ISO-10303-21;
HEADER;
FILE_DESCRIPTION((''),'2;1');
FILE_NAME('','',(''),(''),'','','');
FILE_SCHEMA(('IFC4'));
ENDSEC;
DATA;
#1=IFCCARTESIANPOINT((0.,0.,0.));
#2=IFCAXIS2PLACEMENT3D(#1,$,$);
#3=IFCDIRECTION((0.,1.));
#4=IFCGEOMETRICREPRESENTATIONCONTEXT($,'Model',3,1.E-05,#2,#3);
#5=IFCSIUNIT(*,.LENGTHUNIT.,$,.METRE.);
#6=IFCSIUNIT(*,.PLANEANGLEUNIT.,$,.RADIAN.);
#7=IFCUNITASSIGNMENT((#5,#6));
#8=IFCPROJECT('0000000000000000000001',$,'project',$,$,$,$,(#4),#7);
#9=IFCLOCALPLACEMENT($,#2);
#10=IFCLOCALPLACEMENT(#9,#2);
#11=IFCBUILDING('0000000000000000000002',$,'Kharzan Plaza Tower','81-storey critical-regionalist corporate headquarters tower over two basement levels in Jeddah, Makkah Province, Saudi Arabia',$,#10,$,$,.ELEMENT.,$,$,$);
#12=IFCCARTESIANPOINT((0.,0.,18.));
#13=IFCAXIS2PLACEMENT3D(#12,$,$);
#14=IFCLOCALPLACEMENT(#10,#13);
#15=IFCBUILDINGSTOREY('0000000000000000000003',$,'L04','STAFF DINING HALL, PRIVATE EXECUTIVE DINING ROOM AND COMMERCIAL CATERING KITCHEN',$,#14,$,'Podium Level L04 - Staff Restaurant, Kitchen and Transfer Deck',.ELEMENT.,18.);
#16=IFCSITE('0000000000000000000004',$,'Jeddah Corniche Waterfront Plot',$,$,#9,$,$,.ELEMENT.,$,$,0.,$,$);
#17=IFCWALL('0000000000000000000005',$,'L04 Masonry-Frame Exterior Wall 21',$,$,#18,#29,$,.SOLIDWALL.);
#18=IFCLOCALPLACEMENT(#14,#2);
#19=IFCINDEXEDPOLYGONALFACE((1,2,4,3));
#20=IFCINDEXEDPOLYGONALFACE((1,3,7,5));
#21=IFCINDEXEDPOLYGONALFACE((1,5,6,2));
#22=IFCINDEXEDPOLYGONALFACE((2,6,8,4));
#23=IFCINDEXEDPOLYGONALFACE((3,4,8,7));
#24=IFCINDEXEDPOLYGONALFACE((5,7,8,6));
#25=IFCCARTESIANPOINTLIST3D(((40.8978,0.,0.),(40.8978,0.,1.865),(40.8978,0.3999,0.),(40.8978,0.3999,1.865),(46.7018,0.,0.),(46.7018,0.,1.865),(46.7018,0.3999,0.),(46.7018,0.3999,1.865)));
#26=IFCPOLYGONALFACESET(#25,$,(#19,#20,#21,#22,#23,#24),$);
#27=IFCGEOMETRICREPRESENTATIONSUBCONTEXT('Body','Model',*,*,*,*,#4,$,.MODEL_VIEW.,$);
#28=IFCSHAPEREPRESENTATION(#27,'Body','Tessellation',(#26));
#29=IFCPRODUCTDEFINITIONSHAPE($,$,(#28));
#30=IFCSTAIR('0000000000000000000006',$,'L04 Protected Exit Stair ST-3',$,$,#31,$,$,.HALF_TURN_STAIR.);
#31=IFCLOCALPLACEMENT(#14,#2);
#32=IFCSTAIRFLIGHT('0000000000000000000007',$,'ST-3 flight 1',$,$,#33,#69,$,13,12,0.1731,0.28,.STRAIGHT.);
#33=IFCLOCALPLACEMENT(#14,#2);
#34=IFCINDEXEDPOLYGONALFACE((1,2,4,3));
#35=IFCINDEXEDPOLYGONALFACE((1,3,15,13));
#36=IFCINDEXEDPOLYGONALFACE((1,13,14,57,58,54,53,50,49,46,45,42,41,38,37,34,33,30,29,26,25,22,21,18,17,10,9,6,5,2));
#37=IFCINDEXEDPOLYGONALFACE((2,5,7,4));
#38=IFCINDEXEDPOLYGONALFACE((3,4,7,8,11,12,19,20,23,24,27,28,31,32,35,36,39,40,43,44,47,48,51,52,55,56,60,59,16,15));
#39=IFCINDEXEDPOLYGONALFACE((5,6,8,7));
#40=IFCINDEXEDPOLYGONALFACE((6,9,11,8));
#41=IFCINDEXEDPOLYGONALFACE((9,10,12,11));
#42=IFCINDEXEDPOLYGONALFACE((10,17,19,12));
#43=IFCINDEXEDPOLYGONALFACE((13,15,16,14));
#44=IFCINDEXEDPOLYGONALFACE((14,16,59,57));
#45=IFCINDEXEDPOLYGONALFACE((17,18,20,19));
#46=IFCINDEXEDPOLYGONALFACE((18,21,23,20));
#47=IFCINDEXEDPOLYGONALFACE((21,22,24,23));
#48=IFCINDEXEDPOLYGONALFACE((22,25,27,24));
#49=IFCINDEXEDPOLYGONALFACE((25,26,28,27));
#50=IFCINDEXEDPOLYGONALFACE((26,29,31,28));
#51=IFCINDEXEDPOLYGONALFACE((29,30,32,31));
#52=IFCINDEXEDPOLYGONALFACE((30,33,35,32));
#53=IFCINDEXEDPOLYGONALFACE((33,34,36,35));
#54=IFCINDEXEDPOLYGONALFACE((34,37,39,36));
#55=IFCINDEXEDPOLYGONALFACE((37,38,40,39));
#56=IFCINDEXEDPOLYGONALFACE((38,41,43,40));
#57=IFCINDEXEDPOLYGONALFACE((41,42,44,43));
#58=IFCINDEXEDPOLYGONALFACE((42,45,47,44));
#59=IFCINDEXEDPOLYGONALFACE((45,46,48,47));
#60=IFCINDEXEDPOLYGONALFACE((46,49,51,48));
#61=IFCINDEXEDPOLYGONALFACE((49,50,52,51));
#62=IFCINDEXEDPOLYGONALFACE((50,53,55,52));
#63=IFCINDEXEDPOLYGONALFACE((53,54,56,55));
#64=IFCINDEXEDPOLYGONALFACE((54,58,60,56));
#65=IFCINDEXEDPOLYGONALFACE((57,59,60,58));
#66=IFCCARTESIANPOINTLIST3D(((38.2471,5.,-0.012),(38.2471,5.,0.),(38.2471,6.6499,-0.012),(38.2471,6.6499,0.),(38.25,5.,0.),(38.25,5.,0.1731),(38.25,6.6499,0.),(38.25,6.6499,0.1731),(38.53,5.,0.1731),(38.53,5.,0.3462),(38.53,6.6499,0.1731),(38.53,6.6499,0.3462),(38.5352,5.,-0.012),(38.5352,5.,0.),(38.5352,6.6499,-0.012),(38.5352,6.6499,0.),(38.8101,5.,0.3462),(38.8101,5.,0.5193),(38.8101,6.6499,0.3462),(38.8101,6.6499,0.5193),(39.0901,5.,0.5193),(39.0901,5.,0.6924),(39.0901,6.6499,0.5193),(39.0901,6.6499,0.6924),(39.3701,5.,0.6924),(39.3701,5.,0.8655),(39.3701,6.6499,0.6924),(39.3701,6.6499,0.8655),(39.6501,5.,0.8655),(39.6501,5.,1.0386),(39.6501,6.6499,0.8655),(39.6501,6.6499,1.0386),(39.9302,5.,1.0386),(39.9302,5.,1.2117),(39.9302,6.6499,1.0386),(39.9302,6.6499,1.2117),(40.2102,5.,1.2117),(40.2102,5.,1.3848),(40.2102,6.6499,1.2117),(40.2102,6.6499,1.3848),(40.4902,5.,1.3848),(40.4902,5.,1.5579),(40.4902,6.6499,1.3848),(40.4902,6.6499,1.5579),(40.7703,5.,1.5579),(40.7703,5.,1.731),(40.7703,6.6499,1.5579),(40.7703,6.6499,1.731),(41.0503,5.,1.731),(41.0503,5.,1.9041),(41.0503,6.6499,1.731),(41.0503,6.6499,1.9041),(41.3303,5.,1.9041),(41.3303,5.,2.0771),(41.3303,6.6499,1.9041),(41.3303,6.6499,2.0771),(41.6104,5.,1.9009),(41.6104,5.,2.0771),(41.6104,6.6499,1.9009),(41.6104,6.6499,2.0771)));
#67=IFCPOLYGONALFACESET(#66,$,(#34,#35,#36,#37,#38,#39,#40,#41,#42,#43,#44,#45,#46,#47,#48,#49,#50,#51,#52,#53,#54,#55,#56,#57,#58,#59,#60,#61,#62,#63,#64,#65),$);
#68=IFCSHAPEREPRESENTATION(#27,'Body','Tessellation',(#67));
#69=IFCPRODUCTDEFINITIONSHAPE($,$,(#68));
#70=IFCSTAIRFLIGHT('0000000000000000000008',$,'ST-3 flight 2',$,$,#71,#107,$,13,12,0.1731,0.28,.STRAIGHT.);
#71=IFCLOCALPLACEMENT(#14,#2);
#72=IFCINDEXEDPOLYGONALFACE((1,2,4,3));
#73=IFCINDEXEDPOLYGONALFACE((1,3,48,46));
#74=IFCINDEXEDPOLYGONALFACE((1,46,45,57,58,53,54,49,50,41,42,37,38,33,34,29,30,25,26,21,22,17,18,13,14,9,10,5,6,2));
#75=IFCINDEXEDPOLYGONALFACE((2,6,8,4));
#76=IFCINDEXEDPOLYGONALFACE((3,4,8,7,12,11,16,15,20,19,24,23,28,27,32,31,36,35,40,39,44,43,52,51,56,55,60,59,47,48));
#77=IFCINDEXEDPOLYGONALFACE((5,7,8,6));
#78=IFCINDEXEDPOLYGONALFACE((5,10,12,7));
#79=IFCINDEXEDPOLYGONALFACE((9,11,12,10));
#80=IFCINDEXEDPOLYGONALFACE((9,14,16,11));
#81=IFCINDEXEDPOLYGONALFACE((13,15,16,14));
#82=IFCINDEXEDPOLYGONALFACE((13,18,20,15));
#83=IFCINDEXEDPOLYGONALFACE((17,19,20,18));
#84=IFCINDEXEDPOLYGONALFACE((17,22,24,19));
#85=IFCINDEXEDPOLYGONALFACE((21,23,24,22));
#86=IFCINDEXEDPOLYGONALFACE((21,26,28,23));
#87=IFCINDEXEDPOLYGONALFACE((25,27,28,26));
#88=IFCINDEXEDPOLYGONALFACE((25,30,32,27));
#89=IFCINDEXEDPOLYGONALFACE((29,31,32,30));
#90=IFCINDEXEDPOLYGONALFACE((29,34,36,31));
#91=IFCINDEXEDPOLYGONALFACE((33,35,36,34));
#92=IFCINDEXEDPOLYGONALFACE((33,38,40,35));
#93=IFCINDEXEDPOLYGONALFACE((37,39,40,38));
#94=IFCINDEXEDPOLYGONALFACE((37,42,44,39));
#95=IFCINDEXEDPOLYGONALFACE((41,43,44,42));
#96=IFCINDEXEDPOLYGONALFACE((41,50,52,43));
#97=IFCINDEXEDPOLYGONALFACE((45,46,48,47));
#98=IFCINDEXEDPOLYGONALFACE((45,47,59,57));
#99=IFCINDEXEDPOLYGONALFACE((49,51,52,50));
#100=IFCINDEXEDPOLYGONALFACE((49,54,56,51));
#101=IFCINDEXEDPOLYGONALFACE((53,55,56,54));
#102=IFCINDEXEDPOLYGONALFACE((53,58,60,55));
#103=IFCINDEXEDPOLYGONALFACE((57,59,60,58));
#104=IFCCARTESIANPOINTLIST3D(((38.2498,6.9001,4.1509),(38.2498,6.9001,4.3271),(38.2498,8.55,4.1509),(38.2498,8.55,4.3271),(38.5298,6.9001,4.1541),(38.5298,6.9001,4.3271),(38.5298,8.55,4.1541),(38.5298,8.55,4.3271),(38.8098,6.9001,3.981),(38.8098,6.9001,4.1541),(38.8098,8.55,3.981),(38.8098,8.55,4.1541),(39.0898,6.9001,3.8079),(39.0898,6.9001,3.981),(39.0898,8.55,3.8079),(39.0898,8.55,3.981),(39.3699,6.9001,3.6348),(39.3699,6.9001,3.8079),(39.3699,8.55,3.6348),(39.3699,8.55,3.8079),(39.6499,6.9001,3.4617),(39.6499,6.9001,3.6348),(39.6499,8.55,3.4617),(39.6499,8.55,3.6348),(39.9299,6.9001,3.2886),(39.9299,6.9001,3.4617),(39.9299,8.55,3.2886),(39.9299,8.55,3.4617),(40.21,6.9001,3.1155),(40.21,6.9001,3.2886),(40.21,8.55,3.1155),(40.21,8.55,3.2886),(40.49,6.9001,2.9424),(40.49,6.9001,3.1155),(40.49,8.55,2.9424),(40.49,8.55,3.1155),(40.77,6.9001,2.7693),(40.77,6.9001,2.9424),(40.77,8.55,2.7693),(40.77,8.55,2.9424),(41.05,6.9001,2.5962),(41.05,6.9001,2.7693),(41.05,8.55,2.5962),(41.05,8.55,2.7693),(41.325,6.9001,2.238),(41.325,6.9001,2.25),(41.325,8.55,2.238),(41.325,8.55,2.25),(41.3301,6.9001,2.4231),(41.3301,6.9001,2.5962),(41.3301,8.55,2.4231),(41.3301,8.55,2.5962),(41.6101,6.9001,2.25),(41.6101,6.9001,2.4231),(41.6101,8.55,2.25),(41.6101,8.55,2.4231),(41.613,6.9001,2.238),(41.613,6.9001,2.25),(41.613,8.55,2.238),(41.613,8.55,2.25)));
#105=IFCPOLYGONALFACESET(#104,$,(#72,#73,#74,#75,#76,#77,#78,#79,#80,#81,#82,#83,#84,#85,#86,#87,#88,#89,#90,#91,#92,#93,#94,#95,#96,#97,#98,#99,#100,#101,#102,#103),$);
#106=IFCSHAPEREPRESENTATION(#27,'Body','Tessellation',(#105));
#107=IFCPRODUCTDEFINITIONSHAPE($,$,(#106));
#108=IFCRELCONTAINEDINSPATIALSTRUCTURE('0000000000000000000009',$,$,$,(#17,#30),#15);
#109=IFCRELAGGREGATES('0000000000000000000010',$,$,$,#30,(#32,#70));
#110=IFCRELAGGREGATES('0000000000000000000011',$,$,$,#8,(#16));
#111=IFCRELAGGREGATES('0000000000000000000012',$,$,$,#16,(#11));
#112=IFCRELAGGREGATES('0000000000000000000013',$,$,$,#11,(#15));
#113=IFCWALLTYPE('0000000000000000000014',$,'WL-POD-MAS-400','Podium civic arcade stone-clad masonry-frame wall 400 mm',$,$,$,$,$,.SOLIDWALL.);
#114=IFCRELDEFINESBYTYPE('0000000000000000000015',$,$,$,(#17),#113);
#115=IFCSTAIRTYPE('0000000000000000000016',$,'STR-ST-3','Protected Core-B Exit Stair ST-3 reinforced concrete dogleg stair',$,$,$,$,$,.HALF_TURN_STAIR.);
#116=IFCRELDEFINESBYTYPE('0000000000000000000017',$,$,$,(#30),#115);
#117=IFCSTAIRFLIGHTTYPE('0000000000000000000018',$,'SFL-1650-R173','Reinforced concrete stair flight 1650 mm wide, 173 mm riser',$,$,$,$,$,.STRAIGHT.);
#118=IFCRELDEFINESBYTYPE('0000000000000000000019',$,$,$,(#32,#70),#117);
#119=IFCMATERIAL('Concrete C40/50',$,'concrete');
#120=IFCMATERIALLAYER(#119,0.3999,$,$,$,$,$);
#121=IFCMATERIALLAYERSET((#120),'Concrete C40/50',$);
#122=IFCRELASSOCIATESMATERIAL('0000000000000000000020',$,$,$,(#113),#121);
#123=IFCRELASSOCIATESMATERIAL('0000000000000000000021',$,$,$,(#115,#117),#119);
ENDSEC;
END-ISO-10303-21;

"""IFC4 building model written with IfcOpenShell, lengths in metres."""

from ifc_helpers import new_model, si_unit, direction, frame, frame_2d, origin, place, context, subcontext, project, spatial, polyline, rectangle, outline, extrude, source, transform, mapped, material, layer, layer_set, type_object, element, aggregate, save


model = new_model("IFC4")

# Units and contexts
model_context = context("Model", 3, precision=1e-05, world=origin(), true_north=direction((0.0, 1.0)))
body_context = subcontext(model_context, "Body", "Model", "MODEL_VIEW")
ifc_project = project(units=[si_unit("LENGTHUNIT", "METRE"), si_unit("PLANEANGLEUNIT", "RADIAN")], contexts=[model_context])

# Site, building, storey
site_placement = place(None, origin())
site = spatial("IfcSite", under=ifc_project, at=site_placement, Name="Jeddah Corniche Waterfront Plot", CompositionType="ELEMENT", RefElevation=0.0)
building_placement = place(site_placement, origin())
building = spatial("IfcBuilding", under=site, at=building_placement, Name="Kharzan Plaza Tower", Description="81-storey critical-regionalist corporate headquarters tower over two basement levels in Jeddah, Makkah Province, Saudi Arabia", CompositionType="ELEMENT")
storey_placement = place(building_placement, frame((0.0, 0.0, 18.0)))
storey = spatial("IfcBuildingStorey", under=building, at=storey_placement, Name="L04", Description="STAFF DINING HALL, PRIVATE EXECUTIVE DINING ROOM AND COMMERCIAL CATERING KITCHEN", LongName="Podium Level L04 - Staff Restaurant, Kitchen and Transfer Deck", CompositionType="ELEMENT", Elevation=18.0)

# Shared definitions
ifc_material_1 = material(Name="Concrete C40/50", Category="concrete")
ifc_layer_1 = layer(ifc_material_1, 0.3999)
ifc_layer_set_1 = layer_set([ifc_layer_1], Name="Concrete C40/50")
wall_type_1 = type_object("IfcWallType", Name="WL-POD-MAS-400", Description="Podium civic arcade stone-clad masonry-frame wall 400 mm", PredefinedType="SOLIDWALL", material=ifc_layer_set_1)

# Wall
shared_shape_1 = source(origin(), body_context, "Body", "SweptSolid", [
    extrude(rectangle(XDim=5.804, YDim=0.3999, at=frame_2d((2.9019, 0.0))), origin(), (0.0, 0.0, 1.0), 1.865),
])
wall_1_placement = place(storey_placement, frame((40.8979, 0.2, 0.0), z_axis=(0.0, 0.0, 1.0), x_axis=(1.0, 0.0, 0.0)))
element("IfcWall", 1, at=wall_1_placement, inside=storey, type_object=wall_type_1, Name="L04 Masonry-Frame Exterior Wall 21", PredefinedType="SOLIDWALL", context=body_context, shape_type="MappedRepresentation", body=[
    mapped(shared_shape_1, transform((0.0, 0.0, 0.0), x_axis=(1.0, 0.0, 0.0), y_axis=(0.0, 1.0, 0.0), z_axis=(0.0, 0.0, 1.0))),
])

# Stair, stair flights
stair_type = type_object("IfcStairType", Name="STR-ST-3", Description="Protected Core-B Exit Stair ST-3 reinforced concrete dogleg stair", PredefinedType="HALF_TURN_STAIR", material=ifc_material_1)
stair_placement = place(storey_placement, origin())
stair = element("IfcStair", 2, at=stair_placement, inside=storey, type_object=stair_type, Name="L04 Protected Exit Stair ST-3", PredefinedType="HALF_TURN_STAIR")
stair_flight_type = type_object("IfcStairFlightType", Name="SFL-1650-R173", Description="Reinforced concrete stair flight 1650 mm wide, 173 mm riser", PredefinedType="STRAIGHT", material=ifc_material_1)
shared_shape_2 = source(origin(), body_context, "Body", "SweptSolid", [
    extrude(outline(polyline([(-0.0029, -0.012), (-0.0029, 0.0), (0.0, 0.0), (0.0, 0.1731), (0.28, 0.1731), (0.28, 0.3462), (0.5601, 0.3462), (0.5601, 0.5193), (0.8401, 0.5193), (0.8401, 0.6924), (1.1201, 0.6924), (1.1201, 0.8655), (1.4001, 0.8655), (1.4001, 1.0386), (1.6802, 1.0386), (1.6802, 1.2117), (1.9602, 1.2117), (1.9602, 1.3848), (2.2402, 1.3848), (2.2402, 1.5579), (2.5203, 1.5579), (2.5203, 1.731), (2.8003, 1.731), (2.8003, 1.9041), (3.0803, 1.9041), (3.0803, 2.0771), (3.3604, 2.0771), (3.3604, 2.2502), (3.3604, 1.9009), (0.2852, 0.0), (0.2852, -0.012), (-0.0029, -0.012)])), frame((0.0, 0.825, 0.0), z_axis=(0.0, -1.0, 0.0), x_axis=(1.0, 0.0, 0.0)), (0.0, 0.0, 1.0), 1.6499),
])
stair_flight_1_placement = place(storey_placement, frame((38.25, 5.825, 0.0), z_axis=(0.0, 0.0, 1.0), x_axis=(1.0, 0.0, 0.0)))
stair_flight_1 = element("IfcStairFlight", 3, at=stair_flight_1_placement, type_object=stair_flight_type, Name="ST-3 flight 1", NumberOfRisers=13, NumberOfTreads=12, PredefinedType="STRAIGHT", RiserHeight=0.1731, TreadLength=0.28, context=body_context, shape_type="MappedRepresentation", body=[
    mapped(shared_shape_2, transform((0.0, 0.0, 0.0), x_axis=(1.0, 0.0, 0.0), y_axis=(0.0, 1.0, 0.0), z_axis=(0.0, 0.0, 1.0))),
])
stair_flight_2_placement = place(storey_placement, frame((41.6101, 7.7251, 2.25), z_axis=(0.0, 0.0, 1.0), x_axis=(-1.0, 0.0, 0.0)))
stair_flight_2 = element("IfcStairFlight", 4, at=stair_flight_2_placement, type_object=stair_flight_type, Name="ST-3 flight 2", NumberOfRisers=13, NumberOfTreads=12, PredefinedType="STRAIGHT", RiserHeight=0.1731, TreadLength=0.28, context=body_context, shape_type="MappedRepresentation", body=[
    mapped(shared_shape_2, transform((0.0, 0.0, 0.0), x_axis=(1.0, 0.0, 0.0), y_axis=(0.0, 1.0, 0.0), z_axis=(0.0, 0.0, 1.0))),
])
aggregate(stair, [stair_flight_1, stair_flight_2])

save(model, "model.ifc")
